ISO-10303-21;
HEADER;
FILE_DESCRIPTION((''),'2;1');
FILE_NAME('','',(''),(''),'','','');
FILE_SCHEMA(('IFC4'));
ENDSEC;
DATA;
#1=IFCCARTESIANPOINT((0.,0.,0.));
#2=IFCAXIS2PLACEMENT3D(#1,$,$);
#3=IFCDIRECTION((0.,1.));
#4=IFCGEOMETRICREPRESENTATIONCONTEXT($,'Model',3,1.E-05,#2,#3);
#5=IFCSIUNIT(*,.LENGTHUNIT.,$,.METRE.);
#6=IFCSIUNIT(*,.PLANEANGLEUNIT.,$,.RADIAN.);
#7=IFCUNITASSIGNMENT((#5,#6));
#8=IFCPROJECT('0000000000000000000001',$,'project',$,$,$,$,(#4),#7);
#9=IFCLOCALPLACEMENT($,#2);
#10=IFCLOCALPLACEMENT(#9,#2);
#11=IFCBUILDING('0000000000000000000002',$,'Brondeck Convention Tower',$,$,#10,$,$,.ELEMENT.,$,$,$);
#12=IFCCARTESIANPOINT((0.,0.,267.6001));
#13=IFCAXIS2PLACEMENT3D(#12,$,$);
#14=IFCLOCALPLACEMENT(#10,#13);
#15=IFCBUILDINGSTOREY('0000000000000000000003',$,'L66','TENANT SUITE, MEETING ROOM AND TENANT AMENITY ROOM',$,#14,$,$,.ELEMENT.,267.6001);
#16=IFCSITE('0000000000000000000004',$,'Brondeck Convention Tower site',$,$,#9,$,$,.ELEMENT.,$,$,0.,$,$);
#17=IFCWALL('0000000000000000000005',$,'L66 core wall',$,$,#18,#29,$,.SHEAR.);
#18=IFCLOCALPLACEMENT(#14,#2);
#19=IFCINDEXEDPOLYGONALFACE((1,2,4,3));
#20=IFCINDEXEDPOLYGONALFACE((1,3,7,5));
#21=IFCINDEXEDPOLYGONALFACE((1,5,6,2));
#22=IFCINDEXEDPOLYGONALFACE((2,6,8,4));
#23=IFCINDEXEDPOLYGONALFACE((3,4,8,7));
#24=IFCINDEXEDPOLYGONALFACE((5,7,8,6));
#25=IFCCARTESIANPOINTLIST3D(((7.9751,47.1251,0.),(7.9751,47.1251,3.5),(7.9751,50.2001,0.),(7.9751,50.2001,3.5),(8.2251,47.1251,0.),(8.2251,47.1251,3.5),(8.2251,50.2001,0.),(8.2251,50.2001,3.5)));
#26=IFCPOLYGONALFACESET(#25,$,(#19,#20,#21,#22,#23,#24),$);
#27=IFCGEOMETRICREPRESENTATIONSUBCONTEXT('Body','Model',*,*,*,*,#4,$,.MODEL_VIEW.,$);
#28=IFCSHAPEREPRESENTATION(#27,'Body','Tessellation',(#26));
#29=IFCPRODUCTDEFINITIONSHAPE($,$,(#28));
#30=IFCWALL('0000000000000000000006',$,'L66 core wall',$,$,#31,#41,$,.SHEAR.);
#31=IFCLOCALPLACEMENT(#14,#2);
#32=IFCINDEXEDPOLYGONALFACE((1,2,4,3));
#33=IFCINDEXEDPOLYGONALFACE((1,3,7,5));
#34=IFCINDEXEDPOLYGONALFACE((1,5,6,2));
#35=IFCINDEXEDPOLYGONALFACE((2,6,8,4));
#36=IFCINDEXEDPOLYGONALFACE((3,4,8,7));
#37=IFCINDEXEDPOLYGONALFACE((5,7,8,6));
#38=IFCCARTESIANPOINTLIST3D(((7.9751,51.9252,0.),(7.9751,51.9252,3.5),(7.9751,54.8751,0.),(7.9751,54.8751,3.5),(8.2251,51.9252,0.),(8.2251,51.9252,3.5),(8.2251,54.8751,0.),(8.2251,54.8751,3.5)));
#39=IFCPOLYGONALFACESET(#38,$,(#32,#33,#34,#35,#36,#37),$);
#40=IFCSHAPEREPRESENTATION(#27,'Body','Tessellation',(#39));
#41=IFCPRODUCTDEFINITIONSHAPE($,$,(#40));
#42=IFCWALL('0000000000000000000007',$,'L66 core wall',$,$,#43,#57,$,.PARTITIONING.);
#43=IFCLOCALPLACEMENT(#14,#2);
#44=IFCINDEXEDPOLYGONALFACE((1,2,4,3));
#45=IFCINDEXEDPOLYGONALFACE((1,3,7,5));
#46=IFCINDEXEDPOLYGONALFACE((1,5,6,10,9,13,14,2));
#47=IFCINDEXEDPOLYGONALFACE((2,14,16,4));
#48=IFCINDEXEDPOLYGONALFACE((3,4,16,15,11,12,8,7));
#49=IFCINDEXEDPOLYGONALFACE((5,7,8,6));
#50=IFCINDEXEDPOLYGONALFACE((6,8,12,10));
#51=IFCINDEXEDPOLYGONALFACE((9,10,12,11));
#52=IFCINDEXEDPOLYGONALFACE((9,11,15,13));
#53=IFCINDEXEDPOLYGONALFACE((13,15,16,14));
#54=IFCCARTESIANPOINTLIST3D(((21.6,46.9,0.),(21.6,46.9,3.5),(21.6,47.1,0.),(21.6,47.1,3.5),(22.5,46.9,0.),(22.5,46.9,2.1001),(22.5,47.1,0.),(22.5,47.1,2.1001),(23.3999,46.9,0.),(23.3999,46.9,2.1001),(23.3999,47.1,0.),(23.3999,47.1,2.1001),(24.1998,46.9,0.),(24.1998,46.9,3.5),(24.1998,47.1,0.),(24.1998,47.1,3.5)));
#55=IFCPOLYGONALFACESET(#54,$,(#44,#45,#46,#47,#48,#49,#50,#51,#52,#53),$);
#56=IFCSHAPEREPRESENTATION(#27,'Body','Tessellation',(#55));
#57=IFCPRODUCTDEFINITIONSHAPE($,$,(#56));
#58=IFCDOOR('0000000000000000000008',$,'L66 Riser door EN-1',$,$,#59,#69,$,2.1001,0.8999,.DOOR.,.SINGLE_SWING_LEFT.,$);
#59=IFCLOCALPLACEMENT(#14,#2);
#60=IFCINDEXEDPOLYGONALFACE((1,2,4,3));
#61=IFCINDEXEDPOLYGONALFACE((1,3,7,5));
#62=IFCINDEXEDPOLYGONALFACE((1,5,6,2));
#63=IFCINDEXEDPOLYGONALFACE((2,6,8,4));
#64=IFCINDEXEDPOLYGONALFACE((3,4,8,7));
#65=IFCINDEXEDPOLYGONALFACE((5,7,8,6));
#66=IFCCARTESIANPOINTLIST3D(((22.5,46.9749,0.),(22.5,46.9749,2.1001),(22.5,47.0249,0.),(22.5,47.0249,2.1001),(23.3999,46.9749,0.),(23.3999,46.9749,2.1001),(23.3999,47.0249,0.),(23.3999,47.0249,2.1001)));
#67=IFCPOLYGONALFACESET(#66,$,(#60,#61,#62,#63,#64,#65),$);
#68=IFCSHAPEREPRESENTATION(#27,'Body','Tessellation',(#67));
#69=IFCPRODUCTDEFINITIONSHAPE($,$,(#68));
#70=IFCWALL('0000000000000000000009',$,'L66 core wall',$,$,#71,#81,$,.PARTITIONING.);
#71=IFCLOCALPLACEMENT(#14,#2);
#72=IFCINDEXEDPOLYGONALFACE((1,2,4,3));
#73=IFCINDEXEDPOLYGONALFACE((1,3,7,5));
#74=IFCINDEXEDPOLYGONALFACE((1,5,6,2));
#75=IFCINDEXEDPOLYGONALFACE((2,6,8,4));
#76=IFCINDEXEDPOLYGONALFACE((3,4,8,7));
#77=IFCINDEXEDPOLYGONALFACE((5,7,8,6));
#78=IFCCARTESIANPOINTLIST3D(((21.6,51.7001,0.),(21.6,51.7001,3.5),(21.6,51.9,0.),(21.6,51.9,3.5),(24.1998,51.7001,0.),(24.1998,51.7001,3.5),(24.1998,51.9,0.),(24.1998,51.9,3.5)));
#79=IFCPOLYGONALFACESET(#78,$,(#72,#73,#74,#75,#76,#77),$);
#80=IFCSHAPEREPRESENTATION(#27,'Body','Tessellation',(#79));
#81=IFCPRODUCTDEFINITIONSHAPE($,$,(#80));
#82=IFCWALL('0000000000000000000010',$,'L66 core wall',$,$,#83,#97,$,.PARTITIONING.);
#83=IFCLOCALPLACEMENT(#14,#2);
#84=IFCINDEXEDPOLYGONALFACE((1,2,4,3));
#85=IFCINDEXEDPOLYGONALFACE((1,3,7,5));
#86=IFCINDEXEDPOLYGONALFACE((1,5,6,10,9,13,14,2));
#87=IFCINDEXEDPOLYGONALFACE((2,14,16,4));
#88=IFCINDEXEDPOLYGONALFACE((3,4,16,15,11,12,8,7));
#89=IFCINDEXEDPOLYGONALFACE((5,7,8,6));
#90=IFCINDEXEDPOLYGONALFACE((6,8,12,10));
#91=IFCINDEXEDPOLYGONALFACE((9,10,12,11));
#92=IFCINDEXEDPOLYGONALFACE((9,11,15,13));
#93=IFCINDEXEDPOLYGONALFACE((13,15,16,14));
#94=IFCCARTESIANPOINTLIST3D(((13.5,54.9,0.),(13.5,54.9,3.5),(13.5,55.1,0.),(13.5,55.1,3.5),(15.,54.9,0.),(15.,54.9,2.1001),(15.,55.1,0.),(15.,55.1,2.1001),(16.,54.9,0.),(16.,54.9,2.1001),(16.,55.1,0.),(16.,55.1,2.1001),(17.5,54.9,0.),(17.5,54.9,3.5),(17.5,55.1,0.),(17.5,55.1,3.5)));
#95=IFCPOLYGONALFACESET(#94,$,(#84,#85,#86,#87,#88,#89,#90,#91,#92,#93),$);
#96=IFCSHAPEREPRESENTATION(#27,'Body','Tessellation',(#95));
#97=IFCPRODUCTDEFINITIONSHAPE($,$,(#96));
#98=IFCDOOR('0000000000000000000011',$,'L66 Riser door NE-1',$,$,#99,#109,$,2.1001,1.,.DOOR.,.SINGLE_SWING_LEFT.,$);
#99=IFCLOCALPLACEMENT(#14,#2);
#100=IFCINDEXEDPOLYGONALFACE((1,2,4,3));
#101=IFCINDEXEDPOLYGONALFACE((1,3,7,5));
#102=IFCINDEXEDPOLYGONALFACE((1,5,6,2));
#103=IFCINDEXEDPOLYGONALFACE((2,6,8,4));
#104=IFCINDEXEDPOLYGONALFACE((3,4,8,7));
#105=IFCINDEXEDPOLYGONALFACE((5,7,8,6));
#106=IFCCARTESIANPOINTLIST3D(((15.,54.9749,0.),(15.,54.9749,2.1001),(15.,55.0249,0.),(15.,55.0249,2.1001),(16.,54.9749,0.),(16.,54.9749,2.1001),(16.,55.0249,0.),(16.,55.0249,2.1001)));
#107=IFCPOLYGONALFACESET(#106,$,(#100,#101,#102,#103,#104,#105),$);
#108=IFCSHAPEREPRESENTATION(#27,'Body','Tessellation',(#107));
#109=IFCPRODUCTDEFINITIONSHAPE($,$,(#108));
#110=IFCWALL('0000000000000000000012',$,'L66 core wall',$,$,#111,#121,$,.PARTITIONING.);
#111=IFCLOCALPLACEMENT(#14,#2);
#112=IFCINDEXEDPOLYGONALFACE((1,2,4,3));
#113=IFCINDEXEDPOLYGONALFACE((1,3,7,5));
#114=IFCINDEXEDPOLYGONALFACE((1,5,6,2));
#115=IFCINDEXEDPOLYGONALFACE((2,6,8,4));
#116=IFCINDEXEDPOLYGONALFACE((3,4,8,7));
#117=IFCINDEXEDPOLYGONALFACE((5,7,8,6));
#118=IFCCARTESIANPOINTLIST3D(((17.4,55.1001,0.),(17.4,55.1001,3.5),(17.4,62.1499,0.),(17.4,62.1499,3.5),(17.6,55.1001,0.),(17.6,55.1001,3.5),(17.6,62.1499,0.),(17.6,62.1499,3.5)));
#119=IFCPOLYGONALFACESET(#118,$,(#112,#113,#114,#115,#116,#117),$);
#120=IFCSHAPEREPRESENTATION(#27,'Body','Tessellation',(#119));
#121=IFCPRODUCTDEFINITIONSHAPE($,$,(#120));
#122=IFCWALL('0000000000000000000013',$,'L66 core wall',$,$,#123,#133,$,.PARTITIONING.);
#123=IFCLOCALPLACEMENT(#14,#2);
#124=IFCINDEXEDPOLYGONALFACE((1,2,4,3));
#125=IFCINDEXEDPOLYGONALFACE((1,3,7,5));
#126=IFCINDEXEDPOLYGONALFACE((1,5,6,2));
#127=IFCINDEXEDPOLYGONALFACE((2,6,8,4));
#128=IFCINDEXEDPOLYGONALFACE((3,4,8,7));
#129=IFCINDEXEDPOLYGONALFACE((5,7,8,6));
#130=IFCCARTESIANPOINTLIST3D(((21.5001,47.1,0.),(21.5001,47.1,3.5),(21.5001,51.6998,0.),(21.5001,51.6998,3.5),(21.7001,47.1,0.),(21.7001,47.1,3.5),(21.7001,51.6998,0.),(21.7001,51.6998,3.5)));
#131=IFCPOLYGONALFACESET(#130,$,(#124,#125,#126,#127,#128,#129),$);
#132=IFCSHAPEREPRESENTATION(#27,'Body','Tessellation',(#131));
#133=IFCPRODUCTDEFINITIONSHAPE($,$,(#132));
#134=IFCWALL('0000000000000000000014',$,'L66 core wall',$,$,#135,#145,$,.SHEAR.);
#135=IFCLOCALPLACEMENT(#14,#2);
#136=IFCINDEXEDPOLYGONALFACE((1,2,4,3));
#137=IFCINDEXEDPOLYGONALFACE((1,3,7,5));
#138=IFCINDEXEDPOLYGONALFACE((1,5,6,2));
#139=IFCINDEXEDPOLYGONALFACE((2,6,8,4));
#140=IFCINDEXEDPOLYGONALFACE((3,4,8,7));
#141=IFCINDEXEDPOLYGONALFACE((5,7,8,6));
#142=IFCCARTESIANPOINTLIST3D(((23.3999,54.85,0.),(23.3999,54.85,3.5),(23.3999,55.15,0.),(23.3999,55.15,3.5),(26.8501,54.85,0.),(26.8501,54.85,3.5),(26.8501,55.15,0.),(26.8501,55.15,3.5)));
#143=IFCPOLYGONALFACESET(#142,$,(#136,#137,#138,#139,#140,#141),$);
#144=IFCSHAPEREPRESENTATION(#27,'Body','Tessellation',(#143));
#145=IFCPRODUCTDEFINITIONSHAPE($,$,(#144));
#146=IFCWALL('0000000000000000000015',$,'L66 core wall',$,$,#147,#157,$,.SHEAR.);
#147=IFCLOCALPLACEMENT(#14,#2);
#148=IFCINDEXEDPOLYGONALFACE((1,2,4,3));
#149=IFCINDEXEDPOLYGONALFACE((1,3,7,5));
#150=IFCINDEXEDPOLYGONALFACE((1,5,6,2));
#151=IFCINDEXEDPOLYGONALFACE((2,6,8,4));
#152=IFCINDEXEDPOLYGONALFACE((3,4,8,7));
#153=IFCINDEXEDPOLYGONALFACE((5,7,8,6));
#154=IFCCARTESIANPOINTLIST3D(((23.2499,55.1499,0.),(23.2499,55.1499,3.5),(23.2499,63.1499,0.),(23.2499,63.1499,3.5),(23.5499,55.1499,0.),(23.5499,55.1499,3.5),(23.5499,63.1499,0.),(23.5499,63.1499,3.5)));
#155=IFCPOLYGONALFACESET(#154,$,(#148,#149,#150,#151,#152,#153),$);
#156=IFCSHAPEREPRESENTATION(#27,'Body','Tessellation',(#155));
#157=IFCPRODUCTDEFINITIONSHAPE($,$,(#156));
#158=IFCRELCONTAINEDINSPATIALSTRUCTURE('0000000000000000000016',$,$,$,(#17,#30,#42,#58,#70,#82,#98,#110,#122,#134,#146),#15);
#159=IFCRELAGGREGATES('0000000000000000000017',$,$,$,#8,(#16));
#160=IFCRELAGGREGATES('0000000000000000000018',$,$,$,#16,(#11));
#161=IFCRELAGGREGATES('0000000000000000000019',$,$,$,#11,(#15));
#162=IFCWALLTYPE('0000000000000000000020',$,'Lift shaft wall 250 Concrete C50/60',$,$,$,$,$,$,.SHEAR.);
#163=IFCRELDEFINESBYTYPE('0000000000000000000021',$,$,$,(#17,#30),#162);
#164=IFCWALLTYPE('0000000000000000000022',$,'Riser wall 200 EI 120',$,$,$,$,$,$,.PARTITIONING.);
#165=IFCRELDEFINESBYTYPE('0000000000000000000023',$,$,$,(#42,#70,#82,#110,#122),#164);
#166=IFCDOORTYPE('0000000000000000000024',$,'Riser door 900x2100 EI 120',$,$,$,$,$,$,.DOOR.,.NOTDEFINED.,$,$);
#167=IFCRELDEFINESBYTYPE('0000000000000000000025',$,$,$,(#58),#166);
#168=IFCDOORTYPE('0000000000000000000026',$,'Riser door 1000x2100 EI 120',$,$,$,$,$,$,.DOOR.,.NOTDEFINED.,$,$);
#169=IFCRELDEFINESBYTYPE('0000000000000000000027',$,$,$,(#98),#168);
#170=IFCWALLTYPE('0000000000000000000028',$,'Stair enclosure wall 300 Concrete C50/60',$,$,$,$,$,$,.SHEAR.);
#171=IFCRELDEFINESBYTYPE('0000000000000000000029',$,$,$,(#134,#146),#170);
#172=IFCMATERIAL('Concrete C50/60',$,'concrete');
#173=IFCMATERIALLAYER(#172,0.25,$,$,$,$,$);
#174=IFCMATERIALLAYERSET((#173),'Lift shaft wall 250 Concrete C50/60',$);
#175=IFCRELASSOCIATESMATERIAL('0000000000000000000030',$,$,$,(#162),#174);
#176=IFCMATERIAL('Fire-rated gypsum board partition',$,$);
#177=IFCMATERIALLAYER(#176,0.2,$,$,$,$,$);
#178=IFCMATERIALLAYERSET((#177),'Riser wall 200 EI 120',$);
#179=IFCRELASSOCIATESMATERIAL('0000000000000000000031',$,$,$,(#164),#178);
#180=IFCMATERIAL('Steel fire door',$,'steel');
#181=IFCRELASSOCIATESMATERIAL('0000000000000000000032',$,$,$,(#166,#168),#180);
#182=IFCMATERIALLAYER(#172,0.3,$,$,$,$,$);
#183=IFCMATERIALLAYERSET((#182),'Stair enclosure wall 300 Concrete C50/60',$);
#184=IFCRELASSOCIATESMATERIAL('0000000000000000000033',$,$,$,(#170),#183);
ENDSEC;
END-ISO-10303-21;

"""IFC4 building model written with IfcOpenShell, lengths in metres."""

from ifc_helpers import new_model, si_unit, direction, frame, frame_2d, origin, place, context, subcontext, project, spatial, rectangle, extrude, material, layer, layer_set, type_object, element, fill, save


model = new_model("IFC4")

# Units and contexts
model_context = context("Model", 3, precision=1e-05, world=origin(), true_north=direction((0.0, 1.0)))
body_context = subcontext(model_context, "Body", "Model", "MODEL_VIEW")
ifc_project = project(units=[si_unit("LENGTHUNIT", "METRE"), si_unit("PLANEANGLEUNIT", "RADIAN")], contexts=[model_context])

# Site, building, storey
site_placement = place(None, origin())
site = spatial("IfcSite", under=ifc_project, at=site_placement, Name="Brondeck Convention Tower site", CompositionType="ELEMENT", RefElevation=0.0)
building_placement = place(site_placement, origin())
building = spatial("IfcBuilding", under=site, at=building_placement, Name="Brondeck Convention Tower", CompositionType="ELEMENT")
storey_placement = place(building_placement, frame((0.0, 0.0, 267.6001)))
storey = spatial("IfcBuildingStorey", under=building, at=storey_placement, Name="L66", Description="TENANT SUITE, MEETING ROOM AND TENANT AMENITY ROOM", CompositionType="ELEMENT", Elevation=267.6001)

# Shared definitions
ifc_material_1 = material(Name="Fire-rated gypsum board partition")
ifc_material_2 = material(Name="Steel fire door", Category="steel")

# Walls
ifc_material_3 = material(Name="Concrete C50/60", Category="concrete")
ifc_layer_1 = layer(ifc_material_3, 0.25)
ifc_layer_set_1 = layer_set([ifc_layer_1], Name="Lift shaft wall 250 Concrete C50/60")
wall_type_1 = type_object("IfcWallType", Name="Lift shaft wall 250 Concrete C50/60", PredefinedType="SHEAR", material=ifc_layer_set_1)
wall_1_placement = place(storey_placement, frame((8.1001, 47.125, 0.0), z_axis=(0.0, 0.0, 1.0), x_axis=(0.0, 1.0, 0.0)))
element("IfcWall", 1, at=wall_1_placement, inside=storey, type_object=wall_type_1, Name="L66 core wall", PredefinedType="SHEAR", context=body_context, shape_type="SweptSolid", body=[
    extrude(rectangle(XDim=3.075, YDim=0.25, at=frame_2d((1.5376, 0.0))), origin(), (0.0, 0.0, 1.0), 3.5),
])
wall_2_placement = place(storey_placement, frame((8.1001, 51.925, 0.0), z_axis=(0.0, 0.0, 1.0), x_axis=(0.0, 1.0, 0.0)))
element("IfcWall", 2, at=wall_2_placement, inside=storey, type_object=wall_type_1, Name="L66 core wall", PredefinedType="SHEAR", context=body_context, shape_type="SweptSolid", body=[
    extrude(rectangle(XDim=2.95, YDim=0.25, at=frame_2d((1.4751, 0.0))), origin(), (0.0, 0.0, 1.0), 3.5),
])

# Wall, opening, door
ifc_layer_2 = layer(ifc_material_1, 0.2)
ifc_layer_set_2 = layer_set([ifc_layer_2], Name="Riser wall 200 EI 120")
wall_type_2 = type_object("IfcWallType", Name="Riser wall 200 EI 120", PredefinedType="PARTITIONING", material=ifc_layer_set_2)
wall_3_placement = place(storey_placement, frame((21.6001, 47.0, 0.0), z_axis=(0.0, 0.0, 1.0), x_axis=(1.0, 0.0, 0.0)))
wall_3 = element("IfcWall", 3, at=wall_3_placement, inside=storey, type_object=wall_type_2, Name="L66 core wall", PredefinedType="PARTITIONING", context=body_context, shape_type="SweptSolid", body=[
    extrude(rectangle(XDim=2.5999, YDim=0.2, at=frame_2d((1.2998, 0.0))), origin(), (0.0, 0.0, 1.0), 3.5),
])
opening_1_placement = place(wall_3_placement, frame((0.8999, 0.0, 0.0)))
opening_1 = element("IfcOpeningElement", 4, at=opening_1_placement, cuts=wall_3, PredefinedType="OPENING", context=body_context, shape_type="SweptSolid", body=[
    extrude(rectangle(XDim=0.8999, YDim=2.1001, at=frame_2d((0.45, 1.05))), frame((0.0, 0.1099, 0.0), z_axis=(0.0, -1.0, 0.0), x_axis=(1.0, 0.0, 0.0)), (0.0, 0.0, 1.0), 0.22),
])
door_type_1 = type_object("IfcDoorType", Name="Riser door 900x2100 EI 120", OperationType="NOTDEFINED", PredefinedType="DOOR", material=ifc_material_2)
door_1_placement = place(opening_1_placement, origin())
door_1 = element("IfcDoor", 5, at=door_1_placement, inside=storey, type_object=door_type_1, Name="L66 Riser door EN-1", OperationType="SINGLE_SWING_LEFT", OverallHeight=2.1001, OverallWidth=0.8999, PredefinedType="DOOR", context=body_context, shape_type="SweptSolid", body=[
    extrude(rectangle(XDim=0.8999, YDim=2.1001, at=frame_2d((0.45, 1.05))), frame((0.0, 0.0249, 0.0), z_axis=(0.0, -1.0, 0.0), x_axis=(1.0, 0.0, 0.0)), (0.0, 0.0, 1.0), 0.05),
])
fill(opening_1, door_1)

# Wall
wall_4_placement = place(storey_placement, frame((21.6001, 51.8, 0.0), z_axis=(0.0, 0.0, 1.0), x_axis=(1.0, 0.0, 0.0)))
element("IfcWall", 6, at=wall_4_placement, inside=storey, type_object=wall_type_2, Name="L66 core wall", PredefinedType="PARTITIONING", context=body_context, shape_type="SweptSolid", body=[
    extrude(rectangle(XDim=2.5999, YDim=0.2, at=frame_2d((1.2998, 0.0))), origin(), (0.0, 0.0, 1.0), 3.5),
])

# Wall, opening, door
wall_5_placement = place(storey_placement, frame((13.5, 55.0, 0.0), z_axis=(0.0, 0.0, 1.0), x_axis=(1.0, 0.0, 0.0)))
wall_5 = element("IfcWall", 7, at=wall_5_placement, inside=storey, type_object=wall_type_2, Name="L66 core wall", PredefinedType="PARTITIONING", context=body_context, shape_type="SweptSolid", body=[
    extrude(rectangle(XDim=4.0, YDim=0.2, at=frame_2d((2.0, 0.0))), origin(), (0.0, 0.0, 1.0), 3.5),
])
opening_2_placement = place(wall_5_placement, frame((1.5, 0.0, 0.0)))
opening_2 = element("IfcOpeningElement", 8, at=opening_2_placement, cuts=wall_5, PredefinedType="OPENING", context=body_context, shape_type="SweptSolid", body=[
    extrude(rectangle(XDim=1.0, YDim=2.1001, at=frame_2d((0.5, 1.05))), frame((0.0, 0.1099, 0.0), z_axis=(0.0, -1.0, 0.0), x_axis=(1.0, 0.0, 0.0)), (0.0, 0.0, 1.0), 0.22),
])
door_type_2 = type_object("IfcDoorType", Name="Riser door 1000x2100 EI 120", OperationType="NOTDEFINED", PredefinedType="DOOR", material=ifc_material_2)
door_2_placement = place(opening_2_placement, origin())
door_2 = element("IfcDoor", 9, at=door_2_placement, inside=storey, type_object=door_type_2, Name="L66 Riser door NE-1", OperationType="SINGLE_SWING_LEFT", OverallHeight=2.1001, OverallWidth=1.0, PredefinedType="DOOR", context=body_context, shape_type="SweptSolid", body=[
    extrude(rectangle(XDim=1.0, YDim=2.1001, at=frame_2d((0.5, 1.05))), frame((0.0, 0.0249, 0.0), z_axis=(0.0, -1.0, 0.0), x_axis=(1.0, 0.0, 0.0)), (0.0, 0.0, 1.0), 0.05),
])
fill(opening_2, door_2)

# Walls
wall_6_placement = place(storey_placement, frame((17.5, 55.1001, 0.0), z_axis=(0.0, 0.0, 1.0), x_axis=(0.0, 1.0, 0.0)))
element("IfcWall", 10, at=wall_6_placement, inside=storey, type_object=wall_type_2, Name="L66 core wall", PredefinedType="PARTITIONING", context=body_context, shape_type="SweptSolid", body=[
    extrude(rectangle(XDim=7.0498, YDim=0.2, at=frame_2d((3.5249, 0.0))), origin(), (0.0, 0.0, 1.0), 3.5),
])
wall_7_placement = place(storey_placement, frame((21.6001, 47.1001, 0.0), z_axis=(0.0, 0.0, 1.0), x_axis=(0.0, 1.0, 0.0)))
element("IfcWall", 11, at=wall_7_placement, inside=storey, type_object=wall_type_2, Name="L66 core wall", PredefinedType="PARTITIONING", context=body_context, shape_type="SweptSolid", body=[
    extrude(rectangle(XDim=4.5999, YDim=0.2, at=frame_2d((2.2998, 0.0))), origin(), (0.0, 0.0, 1.0), 3.5),
])
ifc_layer_3 = layer(ifc_material_3, 0.3)
ifc_layer_set_3 = layer_set([ifc_layer_3], Name="Stair enclosure wall 300 Concrete C50/60")
wall_type_3 = type_object("IfcWallType", Name="Stair enclosure wall 300 Concrete C50/60", PredefinedType="SHEAR", material=ifc_layer_set_3)
wall_8_placement = place(storey_placement, frame((23.3999, 55.0, 0.0), z_axis=(0.0, 0.0, 1.0), x_axis=(1.0, 0.0, 0.0)))
element("IfcWall", 12, at=wall_8_placement, inside=storey, type_object=wall_type_3, Name="L66 core wall", PredefinedType="SHEAR", context=body_context, shape_type="SweptSolid", body=[
    extrude(rectangle(XDim=3.4502, YDim=0.3, at=frame_2d((1.7251, 0.0))), origin(), (0.0, 0.0, 1.0), 3.5),
])
wall_9_placement = place(storey_placement, frame((23.3999, 55.1499, 0.0), z_axis=(0.0, 0.0, 1.0), x_axis=(0.0, 1.0, 0.0)))
element("IfcWall", 13, at=wall_9_placement, inside=storey, type_object=wall_type_3, Name="L66 core wall", PredefinedType="SHEAR", context=body_context, shape_type="SweptSolid", body=[
    extrude(rectangle(XDim=8.0, YDim=0.3, at=frame_2d((4.0, 0.0))), origin(), (0.0, 0.0, 1.0), 3.5),
])

save(model, "model.ifc")
